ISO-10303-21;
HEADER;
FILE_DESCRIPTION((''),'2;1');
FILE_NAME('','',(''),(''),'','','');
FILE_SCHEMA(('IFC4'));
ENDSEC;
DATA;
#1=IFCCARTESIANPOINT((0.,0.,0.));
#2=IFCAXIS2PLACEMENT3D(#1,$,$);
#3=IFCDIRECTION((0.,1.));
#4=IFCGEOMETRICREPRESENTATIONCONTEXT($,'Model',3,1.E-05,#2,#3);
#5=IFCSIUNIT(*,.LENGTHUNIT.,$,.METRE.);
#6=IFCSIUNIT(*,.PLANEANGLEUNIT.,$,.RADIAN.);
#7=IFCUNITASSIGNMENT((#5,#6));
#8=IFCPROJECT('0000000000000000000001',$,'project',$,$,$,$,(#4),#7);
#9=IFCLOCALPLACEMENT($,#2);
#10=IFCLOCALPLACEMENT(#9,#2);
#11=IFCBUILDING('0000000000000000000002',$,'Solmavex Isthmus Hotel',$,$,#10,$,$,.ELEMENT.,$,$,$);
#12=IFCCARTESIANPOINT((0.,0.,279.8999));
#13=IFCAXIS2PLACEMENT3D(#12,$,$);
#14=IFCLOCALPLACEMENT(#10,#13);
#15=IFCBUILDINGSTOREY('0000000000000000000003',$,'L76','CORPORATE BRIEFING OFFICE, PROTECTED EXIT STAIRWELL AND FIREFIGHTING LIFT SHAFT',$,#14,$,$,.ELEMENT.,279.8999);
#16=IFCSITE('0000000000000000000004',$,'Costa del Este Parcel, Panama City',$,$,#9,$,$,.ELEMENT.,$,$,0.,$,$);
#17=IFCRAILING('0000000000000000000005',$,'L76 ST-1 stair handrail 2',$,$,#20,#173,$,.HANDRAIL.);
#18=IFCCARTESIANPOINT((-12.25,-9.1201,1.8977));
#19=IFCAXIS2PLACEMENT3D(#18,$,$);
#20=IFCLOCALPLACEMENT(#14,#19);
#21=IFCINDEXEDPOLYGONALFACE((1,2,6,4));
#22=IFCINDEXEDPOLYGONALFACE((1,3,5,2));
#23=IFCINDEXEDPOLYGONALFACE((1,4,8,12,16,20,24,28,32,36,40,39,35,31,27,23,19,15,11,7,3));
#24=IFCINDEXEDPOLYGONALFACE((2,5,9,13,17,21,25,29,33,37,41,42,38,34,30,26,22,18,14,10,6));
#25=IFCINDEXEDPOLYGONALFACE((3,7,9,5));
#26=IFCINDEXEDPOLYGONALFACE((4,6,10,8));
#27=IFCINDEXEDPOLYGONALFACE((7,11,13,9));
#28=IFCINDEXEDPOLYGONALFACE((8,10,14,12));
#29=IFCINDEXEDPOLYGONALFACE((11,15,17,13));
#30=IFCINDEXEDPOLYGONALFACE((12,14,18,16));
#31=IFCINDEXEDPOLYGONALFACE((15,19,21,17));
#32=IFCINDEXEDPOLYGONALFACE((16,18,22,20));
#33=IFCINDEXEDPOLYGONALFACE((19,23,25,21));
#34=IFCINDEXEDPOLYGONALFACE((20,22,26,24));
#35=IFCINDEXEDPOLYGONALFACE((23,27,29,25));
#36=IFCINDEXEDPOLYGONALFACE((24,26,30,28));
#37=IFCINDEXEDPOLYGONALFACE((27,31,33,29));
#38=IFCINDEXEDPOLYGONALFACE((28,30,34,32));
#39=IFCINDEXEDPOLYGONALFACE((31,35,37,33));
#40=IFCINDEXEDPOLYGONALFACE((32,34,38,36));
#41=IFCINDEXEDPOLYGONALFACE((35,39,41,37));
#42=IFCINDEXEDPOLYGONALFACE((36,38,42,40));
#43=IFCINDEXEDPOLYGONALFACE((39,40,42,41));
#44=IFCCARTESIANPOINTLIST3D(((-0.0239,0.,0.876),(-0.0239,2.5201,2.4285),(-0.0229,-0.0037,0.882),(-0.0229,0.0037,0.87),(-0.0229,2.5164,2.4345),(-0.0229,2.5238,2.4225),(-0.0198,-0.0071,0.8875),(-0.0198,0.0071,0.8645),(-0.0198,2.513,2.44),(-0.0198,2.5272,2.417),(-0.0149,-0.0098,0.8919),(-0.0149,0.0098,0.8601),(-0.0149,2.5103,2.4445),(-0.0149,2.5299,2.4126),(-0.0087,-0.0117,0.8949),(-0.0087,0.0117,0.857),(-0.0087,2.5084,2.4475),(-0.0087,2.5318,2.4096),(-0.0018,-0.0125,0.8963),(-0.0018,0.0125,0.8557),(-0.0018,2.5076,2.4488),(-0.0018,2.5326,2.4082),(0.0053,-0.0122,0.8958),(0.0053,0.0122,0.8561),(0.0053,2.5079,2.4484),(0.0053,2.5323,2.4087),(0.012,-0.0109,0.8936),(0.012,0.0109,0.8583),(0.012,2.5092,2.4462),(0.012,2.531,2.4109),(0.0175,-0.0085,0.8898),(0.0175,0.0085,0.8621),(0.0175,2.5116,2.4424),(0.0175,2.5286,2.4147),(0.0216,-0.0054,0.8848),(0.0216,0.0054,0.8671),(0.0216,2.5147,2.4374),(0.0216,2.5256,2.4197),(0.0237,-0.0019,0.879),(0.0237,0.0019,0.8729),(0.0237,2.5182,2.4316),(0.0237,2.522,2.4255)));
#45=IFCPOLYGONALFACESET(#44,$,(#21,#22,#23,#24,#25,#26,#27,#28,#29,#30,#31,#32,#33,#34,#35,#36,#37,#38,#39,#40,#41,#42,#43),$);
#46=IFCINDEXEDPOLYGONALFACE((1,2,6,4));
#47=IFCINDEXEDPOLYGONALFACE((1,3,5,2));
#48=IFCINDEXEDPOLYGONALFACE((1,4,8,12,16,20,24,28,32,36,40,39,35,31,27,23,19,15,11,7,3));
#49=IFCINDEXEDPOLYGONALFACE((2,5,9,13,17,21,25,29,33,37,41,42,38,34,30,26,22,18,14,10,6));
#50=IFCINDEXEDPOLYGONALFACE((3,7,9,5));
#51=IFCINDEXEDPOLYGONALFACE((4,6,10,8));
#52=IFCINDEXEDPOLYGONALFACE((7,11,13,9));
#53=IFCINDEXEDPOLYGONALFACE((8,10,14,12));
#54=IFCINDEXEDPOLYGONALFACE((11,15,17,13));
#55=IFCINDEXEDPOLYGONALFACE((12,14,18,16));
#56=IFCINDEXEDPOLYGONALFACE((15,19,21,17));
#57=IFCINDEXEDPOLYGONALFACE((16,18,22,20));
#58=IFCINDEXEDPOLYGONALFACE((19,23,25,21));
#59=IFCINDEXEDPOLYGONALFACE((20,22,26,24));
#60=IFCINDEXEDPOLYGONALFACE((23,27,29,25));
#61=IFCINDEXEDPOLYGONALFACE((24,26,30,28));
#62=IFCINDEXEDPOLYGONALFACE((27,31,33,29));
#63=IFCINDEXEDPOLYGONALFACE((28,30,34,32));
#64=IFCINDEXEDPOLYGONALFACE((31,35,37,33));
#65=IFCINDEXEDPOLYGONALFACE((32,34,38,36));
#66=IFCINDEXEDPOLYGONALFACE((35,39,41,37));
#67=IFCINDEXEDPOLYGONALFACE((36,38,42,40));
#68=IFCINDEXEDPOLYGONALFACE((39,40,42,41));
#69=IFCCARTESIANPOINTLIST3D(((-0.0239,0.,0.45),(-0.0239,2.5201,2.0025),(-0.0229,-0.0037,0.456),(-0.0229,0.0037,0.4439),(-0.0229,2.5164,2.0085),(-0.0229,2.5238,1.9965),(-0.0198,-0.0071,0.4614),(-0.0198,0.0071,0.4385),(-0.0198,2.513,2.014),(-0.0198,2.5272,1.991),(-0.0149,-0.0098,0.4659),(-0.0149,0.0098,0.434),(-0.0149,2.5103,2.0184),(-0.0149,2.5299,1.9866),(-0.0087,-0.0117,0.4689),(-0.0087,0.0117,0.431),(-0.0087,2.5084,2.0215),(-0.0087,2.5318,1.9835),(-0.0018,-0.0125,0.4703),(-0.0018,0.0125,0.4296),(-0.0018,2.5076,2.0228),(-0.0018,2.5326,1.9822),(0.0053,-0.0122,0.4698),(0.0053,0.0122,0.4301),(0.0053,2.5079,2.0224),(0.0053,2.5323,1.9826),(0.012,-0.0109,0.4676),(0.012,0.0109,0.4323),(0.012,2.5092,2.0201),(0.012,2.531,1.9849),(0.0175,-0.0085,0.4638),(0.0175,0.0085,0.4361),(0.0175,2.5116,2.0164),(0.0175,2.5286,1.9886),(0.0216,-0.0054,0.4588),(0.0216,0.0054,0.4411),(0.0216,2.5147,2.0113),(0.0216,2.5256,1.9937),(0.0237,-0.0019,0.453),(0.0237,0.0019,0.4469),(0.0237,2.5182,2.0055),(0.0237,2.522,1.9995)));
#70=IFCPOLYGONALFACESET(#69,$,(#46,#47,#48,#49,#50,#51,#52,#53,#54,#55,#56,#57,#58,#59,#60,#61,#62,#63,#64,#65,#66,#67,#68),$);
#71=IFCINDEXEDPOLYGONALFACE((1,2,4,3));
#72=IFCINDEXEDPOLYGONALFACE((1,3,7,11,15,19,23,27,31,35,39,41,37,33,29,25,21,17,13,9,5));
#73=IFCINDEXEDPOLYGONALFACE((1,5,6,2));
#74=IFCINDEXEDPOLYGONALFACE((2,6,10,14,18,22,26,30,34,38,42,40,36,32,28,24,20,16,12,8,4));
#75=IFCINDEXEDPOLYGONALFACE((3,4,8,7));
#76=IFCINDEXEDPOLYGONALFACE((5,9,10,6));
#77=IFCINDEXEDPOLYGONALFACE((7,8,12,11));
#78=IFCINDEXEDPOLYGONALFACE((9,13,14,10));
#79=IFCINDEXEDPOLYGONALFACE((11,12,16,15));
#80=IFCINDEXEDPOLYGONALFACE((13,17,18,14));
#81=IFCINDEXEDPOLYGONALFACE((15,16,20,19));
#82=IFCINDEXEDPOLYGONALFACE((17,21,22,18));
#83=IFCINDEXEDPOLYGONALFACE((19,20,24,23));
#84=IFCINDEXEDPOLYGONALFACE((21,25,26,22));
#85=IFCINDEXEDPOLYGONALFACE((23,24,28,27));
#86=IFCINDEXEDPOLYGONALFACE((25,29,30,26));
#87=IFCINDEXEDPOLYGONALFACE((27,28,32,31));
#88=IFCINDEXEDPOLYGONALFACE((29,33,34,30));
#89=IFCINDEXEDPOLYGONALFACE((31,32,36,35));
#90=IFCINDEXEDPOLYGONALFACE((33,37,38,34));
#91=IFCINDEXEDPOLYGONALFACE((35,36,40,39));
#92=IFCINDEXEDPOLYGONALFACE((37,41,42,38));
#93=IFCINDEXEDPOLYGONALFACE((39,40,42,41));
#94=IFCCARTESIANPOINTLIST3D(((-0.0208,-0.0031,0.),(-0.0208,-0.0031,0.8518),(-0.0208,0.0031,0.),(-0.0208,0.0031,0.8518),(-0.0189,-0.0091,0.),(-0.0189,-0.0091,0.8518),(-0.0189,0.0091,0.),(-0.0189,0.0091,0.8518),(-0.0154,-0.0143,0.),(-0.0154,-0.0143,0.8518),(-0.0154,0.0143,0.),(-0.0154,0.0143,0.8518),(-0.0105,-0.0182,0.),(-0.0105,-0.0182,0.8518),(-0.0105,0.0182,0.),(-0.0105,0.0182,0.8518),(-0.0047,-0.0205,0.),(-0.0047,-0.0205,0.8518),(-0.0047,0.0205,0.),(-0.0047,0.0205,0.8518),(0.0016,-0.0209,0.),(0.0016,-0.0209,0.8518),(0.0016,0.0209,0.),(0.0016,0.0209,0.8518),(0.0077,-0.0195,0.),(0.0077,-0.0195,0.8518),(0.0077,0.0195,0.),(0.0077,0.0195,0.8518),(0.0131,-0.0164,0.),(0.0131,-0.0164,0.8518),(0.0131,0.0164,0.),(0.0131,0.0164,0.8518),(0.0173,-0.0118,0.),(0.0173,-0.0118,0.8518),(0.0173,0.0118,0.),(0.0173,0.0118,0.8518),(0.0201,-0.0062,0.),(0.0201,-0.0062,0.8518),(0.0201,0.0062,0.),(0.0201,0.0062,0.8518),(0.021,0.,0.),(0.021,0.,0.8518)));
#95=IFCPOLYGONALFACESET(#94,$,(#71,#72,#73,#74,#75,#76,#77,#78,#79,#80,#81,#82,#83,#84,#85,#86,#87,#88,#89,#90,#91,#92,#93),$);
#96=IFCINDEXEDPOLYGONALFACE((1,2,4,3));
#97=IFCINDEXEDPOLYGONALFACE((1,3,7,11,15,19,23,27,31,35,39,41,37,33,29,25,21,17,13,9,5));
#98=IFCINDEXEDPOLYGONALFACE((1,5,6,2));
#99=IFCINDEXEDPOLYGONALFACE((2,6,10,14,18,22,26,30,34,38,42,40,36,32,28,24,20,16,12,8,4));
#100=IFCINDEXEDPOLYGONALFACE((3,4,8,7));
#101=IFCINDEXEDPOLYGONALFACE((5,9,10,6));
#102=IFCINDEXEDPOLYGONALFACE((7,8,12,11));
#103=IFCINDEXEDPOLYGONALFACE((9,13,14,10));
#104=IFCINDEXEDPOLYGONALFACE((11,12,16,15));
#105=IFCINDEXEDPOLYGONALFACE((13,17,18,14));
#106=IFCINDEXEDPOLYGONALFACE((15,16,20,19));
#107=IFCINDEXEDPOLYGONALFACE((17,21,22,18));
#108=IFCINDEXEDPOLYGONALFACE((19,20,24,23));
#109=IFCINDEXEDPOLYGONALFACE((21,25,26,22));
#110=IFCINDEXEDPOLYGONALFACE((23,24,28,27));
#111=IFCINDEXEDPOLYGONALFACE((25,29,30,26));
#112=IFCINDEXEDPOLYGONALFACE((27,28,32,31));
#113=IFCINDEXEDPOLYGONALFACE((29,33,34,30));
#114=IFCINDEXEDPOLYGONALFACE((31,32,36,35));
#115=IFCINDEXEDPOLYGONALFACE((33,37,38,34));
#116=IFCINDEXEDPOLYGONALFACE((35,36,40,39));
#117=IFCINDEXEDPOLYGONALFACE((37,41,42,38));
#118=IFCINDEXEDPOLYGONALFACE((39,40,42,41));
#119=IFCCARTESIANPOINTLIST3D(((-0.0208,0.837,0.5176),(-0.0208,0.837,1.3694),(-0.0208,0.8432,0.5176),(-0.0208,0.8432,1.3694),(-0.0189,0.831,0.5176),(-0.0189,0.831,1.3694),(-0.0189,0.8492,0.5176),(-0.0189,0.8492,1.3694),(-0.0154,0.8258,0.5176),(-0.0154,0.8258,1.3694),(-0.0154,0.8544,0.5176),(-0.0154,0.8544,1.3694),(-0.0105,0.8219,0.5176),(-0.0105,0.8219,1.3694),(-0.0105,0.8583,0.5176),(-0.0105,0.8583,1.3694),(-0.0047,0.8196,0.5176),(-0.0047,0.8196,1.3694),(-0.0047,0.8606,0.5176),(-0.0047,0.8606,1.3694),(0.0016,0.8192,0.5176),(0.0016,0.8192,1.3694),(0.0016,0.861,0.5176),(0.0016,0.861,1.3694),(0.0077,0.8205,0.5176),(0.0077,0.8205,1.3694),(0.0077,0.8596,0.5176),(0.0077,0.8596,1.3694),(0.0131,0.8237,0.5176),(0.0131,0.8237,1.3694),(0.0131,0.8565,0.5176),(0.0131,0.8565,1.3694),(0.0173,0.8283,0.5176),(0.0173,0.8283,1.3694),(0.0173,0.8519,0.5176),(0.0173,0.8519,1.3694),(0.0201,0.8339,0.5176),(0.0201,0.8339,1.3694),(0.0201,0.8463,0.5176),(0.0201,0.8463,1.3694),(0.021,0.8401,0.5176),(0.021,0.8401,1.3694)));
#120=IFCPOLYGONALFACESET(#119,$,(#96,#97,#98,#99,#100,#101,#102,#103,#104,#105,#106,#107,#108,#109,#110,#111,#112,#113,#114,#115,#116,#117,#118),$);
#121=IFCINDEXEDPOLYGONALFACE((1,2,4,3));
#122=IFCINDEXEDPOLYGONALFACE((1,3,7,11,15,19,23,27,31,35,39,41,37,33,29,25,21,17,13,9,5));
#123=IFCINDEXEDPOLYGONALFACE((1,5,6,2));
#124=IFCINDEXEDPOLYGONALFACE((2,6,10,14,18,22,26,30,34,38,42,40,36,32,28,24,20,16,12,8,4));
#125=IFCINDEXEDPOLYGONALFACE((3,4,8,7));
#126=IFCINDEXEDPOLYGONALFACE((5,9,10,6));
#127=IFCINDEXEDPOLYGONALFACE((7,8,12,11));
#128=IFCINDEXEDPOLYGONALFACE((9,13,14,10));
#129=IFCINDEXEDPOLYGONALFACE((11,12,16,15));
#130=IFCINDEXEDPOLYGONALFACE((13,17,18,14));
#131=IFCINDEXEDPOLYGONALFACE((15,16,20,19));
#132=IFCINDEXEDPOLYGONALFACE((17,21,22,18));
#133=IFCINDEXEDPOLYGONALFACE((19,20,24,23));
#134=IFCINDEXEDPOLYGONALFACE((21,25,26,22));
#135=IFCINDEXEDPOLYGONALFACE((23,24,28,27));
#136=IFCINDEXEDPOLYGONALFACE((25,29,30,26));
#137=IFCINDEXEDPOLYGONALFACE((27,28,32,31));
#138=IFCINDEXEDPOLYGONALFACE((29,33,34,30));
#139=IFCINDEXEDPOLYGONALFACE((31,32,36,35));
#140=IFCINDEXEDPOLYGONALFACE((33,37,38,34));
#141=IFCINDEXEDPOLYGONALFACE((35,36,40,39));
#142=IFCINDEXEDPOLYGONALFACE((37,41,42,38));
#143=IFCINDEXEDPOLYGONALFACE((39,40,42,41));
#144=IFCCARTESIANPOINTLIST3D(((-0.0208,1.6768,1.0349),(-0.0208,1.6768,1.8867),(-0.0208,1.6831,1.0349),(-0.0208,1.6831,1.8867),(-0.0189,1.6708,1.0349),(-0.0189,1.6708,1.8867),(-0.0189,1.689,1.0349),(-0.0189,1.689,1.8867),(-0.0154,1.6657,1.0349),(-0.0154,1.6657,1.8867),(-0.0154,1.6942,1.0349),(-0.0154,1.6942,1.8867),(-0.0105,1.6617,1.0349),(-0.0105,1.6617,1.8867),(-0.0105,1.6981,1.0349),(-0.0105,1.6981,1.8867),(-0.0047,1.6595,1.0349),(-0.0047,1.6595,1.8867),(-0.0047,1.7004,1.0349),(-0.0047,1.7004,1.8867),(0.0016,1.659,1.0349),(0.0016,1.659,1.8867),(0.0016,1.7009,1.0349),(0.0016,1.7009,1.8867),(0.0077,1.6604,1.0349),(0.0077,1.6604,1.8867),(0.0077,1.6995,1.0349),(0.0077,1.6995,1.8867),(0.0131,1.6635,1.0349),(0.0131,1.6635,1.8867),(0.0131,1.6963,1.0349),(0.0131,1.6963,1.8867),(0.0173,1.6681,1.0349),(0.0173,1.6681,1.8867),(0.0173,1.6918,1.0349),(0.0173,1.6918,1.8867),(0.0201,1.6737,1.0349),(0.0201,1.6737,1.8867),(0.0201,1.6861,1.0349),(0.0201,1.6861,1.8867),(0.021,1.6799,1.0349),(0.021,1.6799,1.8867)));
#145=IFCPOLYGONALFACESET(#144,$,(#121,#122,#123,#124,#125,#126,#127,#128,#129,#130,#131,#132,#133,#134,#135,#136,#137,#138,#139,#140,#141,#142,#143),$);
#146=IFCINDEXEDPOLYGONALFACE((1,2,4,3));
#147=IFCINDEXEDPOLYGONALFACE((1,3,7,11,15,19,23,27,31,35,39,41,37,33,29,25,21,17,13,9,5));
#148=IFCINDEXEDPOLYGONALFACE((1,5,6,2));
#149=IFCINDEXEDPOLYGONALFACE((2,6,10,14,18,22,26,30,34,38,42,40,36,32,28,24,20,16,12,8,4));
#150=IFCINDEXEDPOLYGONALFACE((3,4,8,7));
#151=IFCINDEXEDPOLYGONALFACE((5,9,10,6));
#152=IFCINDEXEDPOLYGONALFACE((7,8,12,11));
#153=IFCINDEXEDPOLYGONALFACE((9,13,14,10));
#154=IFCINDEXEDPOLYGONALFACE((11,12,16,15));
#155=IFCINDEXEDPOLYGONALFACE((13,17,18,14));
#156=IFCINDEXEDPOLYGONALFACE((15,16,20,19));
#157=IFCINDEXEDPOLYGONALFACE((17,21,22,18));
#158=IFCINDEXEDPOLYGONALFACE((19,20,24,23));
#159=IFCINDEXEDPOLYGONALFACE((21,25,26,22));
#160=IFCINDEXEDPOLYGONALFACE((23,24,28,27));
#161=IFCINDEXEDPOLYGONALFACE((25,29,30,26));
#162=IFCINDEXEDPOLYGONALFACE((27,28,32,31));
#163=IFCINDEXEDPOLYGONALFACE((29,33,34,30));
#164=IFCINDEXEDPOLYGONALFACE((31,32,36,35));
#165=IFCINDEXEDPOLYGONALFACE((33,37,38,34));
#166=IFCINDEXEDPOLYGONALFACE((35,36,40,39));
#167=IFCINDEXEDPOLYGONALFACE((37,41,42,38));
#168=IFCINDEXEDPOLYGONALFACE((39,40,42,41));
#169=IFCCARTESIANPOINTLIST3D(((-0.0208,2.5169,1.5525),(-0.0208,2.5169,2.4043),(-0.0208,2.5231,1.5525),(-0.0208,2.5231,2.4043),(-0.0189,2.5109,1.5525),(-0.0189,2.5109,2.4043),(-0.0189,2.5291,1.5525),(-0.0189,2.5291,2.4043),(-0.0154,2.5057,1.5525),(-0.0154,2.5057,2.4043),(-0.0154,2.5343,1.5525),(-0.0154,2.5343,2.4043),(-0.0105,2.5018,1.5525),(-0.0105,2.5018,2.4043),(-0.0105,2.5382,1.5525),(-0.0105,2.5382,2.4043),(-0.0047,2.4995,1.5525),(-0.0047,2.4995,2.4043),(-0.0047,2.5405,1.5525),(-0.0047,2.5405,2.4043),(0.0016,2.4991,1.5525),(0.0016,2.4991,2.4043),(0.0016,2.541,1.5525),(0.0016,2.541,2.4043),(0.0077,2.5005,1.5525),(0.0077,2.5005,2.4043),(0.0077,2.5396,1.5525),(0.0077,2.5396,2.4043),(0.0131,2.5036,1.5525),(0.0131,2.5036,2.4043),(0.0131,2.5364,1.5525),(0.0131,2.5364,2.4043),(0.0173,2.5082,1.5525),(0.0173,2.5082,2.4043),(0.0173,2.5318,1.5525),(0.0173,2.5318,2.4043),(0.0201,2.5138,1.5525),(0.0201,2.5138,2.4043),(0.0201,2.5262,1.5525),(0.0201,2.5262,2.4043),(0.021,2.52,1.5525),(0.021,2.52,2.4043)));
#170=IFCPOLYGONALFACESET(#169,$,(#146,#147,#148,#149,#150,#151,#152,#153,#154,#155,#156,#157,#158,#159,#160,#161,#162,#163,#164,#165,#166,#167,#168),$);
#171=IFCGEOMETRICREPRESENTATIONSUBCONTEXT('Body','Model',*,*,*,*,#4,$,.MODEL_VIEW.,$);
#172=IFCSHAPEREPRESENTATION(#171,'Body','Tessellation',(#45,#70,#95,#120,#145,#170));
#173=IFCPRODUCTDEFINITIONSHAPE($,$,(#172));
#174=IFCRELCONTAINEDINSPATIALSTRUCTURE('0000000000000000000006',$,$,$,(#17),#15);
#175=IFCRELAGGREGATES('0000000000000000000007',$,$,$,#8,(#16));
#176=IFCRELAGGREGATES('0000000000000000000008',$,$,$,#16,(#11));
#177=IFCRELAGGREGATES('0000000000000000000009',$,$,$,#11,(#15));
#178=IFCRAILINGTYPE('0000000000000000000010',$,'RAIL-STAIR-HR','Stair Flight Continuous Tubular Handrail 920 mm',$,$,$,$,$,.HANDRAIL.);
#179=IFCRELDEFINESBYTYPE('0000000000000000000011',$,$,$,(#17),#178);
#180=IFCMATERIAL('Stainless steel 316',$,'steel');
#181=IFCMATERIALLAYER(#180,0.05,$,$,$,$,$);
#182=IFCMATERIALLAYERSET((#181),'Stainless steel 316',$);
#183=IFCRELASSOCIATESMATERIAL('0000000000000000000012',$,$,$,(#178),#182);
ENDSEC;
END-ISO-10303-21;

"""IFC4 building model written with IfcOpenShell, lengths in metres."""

from ifc_helpers import new_model, si_unit, direction, frame, origin, origin_2d, place, context, subcontext, project, spatial, circle, extrude, material, layer, layer_set, type_object, element, save


model = new_model("IFC4")

# Units and contexts
model_context = context("Model", 3, precision=1e-05, world=origin(), true_north=direction((0.0, 1.0)))
body_context = subcontext(model_context, "Body", "Model", "MODEL_VIEW")
ifc_project = project(units=[si_unit("LENGTHUNIT", "METRE"), si_unit("PLANEANGLEUNIT", "RADIAN")], contexts=[model_context])

# Site, building, storey
site_placement = place(None, origin())
site = spatial("IfcSite", under=ifc_project, at=site_placement, Name="Costa del Este Parcel, Panama City", CompositionType="ELEMENT", RefElevation=0.0)
building_placement = place(site_placement, origin())
building = spatial("IfcBuilding", under=site, at=building_placement, Name="Solmavex Isthmus Hotel", CompositionType="ELEMENT")
storey_placement = place(building_placement, frame((0.0, 0.0, 279.8999)))
storey = spatial("IfcBuildingStorey", under=building, at=storey_placement, Name="L76", Description="CORPORATE BRIEFING OFFICE, PROTECTED EXIT STAIRWELL AND FIREFIGHTING LIFT SHAFT", CompositionType="ELEMENT", Elevation=279.8999)

# Shared definitions
ifc_material_1 = material(Name="Stainless steel 316", Category="steel")

# Railing
ifc_layer_1 = layer(ifc_material_1, 0.05)
ifc_layer_set_1 = layer_set([ifc_layer_1], Name="Stainless steel 316")
railing_type_1 = type_object("IfcRailingType", Name="RAIL-STAIR-HR", Description="Stair Flight Continuous Tubular Handrail 920 mm", PredefinedType="HANDRAIL", material=ifc_layer_set_1)
railing_1_placement = place(storey_placement, frame((-12.25, -9.1201, 1.8977)))
element("IfcRailing", 1, at=railing_1_placement, inside=storey, type_object=railing_type_1, Name="L76 ST-1 stair handrail 2", PredefinedType="HANDRAIL", context=body_context, shape_type="SweptSolid", body=[
    extrude(circle(Radius=0.0239, at=origin_2d()), frame((0.0, 0.0, 0.876), z_axis=(0.0, 0.8514, 0.524516), x_axis=(-1.0, 0.0, 0.0)), (0.0, 0.0, 1.0), 2.96),
    extrude(circle(Radius=0.0239, at=origin_2d()), frame((0.0, 0.0, 0.45), z_axis=(0.0, 0.8514, 0.524516), x_axis=(-1.0, 0.0, 0.0)), (0.0, 0.0, 1.0), 2.96),
    extrude(circle(Radius=0.021, at=origin_2d()), origin(), (0.0, 0.0, 1.0), 0.8518),
    extrude(circle(Radius=0.021, at=origin_2d()), frame((0.0, 0.8401, 0.5176)), (0.0, 0.0, 1.0), 0.8518),
    extrude(circle(Radius=0.021, at=origin_2d()), frame((0.0, 1.6799, 1.0349)), (0.0, 0.0, 1.0), 0.8518),
    extrude(circle(Radius=0.021, at=origin_2d()), frame((0.0, 2.52, 1.5525)), (0.0, 0.0, 1.0), 0.8518),
])

save(model, "model.ifc")
